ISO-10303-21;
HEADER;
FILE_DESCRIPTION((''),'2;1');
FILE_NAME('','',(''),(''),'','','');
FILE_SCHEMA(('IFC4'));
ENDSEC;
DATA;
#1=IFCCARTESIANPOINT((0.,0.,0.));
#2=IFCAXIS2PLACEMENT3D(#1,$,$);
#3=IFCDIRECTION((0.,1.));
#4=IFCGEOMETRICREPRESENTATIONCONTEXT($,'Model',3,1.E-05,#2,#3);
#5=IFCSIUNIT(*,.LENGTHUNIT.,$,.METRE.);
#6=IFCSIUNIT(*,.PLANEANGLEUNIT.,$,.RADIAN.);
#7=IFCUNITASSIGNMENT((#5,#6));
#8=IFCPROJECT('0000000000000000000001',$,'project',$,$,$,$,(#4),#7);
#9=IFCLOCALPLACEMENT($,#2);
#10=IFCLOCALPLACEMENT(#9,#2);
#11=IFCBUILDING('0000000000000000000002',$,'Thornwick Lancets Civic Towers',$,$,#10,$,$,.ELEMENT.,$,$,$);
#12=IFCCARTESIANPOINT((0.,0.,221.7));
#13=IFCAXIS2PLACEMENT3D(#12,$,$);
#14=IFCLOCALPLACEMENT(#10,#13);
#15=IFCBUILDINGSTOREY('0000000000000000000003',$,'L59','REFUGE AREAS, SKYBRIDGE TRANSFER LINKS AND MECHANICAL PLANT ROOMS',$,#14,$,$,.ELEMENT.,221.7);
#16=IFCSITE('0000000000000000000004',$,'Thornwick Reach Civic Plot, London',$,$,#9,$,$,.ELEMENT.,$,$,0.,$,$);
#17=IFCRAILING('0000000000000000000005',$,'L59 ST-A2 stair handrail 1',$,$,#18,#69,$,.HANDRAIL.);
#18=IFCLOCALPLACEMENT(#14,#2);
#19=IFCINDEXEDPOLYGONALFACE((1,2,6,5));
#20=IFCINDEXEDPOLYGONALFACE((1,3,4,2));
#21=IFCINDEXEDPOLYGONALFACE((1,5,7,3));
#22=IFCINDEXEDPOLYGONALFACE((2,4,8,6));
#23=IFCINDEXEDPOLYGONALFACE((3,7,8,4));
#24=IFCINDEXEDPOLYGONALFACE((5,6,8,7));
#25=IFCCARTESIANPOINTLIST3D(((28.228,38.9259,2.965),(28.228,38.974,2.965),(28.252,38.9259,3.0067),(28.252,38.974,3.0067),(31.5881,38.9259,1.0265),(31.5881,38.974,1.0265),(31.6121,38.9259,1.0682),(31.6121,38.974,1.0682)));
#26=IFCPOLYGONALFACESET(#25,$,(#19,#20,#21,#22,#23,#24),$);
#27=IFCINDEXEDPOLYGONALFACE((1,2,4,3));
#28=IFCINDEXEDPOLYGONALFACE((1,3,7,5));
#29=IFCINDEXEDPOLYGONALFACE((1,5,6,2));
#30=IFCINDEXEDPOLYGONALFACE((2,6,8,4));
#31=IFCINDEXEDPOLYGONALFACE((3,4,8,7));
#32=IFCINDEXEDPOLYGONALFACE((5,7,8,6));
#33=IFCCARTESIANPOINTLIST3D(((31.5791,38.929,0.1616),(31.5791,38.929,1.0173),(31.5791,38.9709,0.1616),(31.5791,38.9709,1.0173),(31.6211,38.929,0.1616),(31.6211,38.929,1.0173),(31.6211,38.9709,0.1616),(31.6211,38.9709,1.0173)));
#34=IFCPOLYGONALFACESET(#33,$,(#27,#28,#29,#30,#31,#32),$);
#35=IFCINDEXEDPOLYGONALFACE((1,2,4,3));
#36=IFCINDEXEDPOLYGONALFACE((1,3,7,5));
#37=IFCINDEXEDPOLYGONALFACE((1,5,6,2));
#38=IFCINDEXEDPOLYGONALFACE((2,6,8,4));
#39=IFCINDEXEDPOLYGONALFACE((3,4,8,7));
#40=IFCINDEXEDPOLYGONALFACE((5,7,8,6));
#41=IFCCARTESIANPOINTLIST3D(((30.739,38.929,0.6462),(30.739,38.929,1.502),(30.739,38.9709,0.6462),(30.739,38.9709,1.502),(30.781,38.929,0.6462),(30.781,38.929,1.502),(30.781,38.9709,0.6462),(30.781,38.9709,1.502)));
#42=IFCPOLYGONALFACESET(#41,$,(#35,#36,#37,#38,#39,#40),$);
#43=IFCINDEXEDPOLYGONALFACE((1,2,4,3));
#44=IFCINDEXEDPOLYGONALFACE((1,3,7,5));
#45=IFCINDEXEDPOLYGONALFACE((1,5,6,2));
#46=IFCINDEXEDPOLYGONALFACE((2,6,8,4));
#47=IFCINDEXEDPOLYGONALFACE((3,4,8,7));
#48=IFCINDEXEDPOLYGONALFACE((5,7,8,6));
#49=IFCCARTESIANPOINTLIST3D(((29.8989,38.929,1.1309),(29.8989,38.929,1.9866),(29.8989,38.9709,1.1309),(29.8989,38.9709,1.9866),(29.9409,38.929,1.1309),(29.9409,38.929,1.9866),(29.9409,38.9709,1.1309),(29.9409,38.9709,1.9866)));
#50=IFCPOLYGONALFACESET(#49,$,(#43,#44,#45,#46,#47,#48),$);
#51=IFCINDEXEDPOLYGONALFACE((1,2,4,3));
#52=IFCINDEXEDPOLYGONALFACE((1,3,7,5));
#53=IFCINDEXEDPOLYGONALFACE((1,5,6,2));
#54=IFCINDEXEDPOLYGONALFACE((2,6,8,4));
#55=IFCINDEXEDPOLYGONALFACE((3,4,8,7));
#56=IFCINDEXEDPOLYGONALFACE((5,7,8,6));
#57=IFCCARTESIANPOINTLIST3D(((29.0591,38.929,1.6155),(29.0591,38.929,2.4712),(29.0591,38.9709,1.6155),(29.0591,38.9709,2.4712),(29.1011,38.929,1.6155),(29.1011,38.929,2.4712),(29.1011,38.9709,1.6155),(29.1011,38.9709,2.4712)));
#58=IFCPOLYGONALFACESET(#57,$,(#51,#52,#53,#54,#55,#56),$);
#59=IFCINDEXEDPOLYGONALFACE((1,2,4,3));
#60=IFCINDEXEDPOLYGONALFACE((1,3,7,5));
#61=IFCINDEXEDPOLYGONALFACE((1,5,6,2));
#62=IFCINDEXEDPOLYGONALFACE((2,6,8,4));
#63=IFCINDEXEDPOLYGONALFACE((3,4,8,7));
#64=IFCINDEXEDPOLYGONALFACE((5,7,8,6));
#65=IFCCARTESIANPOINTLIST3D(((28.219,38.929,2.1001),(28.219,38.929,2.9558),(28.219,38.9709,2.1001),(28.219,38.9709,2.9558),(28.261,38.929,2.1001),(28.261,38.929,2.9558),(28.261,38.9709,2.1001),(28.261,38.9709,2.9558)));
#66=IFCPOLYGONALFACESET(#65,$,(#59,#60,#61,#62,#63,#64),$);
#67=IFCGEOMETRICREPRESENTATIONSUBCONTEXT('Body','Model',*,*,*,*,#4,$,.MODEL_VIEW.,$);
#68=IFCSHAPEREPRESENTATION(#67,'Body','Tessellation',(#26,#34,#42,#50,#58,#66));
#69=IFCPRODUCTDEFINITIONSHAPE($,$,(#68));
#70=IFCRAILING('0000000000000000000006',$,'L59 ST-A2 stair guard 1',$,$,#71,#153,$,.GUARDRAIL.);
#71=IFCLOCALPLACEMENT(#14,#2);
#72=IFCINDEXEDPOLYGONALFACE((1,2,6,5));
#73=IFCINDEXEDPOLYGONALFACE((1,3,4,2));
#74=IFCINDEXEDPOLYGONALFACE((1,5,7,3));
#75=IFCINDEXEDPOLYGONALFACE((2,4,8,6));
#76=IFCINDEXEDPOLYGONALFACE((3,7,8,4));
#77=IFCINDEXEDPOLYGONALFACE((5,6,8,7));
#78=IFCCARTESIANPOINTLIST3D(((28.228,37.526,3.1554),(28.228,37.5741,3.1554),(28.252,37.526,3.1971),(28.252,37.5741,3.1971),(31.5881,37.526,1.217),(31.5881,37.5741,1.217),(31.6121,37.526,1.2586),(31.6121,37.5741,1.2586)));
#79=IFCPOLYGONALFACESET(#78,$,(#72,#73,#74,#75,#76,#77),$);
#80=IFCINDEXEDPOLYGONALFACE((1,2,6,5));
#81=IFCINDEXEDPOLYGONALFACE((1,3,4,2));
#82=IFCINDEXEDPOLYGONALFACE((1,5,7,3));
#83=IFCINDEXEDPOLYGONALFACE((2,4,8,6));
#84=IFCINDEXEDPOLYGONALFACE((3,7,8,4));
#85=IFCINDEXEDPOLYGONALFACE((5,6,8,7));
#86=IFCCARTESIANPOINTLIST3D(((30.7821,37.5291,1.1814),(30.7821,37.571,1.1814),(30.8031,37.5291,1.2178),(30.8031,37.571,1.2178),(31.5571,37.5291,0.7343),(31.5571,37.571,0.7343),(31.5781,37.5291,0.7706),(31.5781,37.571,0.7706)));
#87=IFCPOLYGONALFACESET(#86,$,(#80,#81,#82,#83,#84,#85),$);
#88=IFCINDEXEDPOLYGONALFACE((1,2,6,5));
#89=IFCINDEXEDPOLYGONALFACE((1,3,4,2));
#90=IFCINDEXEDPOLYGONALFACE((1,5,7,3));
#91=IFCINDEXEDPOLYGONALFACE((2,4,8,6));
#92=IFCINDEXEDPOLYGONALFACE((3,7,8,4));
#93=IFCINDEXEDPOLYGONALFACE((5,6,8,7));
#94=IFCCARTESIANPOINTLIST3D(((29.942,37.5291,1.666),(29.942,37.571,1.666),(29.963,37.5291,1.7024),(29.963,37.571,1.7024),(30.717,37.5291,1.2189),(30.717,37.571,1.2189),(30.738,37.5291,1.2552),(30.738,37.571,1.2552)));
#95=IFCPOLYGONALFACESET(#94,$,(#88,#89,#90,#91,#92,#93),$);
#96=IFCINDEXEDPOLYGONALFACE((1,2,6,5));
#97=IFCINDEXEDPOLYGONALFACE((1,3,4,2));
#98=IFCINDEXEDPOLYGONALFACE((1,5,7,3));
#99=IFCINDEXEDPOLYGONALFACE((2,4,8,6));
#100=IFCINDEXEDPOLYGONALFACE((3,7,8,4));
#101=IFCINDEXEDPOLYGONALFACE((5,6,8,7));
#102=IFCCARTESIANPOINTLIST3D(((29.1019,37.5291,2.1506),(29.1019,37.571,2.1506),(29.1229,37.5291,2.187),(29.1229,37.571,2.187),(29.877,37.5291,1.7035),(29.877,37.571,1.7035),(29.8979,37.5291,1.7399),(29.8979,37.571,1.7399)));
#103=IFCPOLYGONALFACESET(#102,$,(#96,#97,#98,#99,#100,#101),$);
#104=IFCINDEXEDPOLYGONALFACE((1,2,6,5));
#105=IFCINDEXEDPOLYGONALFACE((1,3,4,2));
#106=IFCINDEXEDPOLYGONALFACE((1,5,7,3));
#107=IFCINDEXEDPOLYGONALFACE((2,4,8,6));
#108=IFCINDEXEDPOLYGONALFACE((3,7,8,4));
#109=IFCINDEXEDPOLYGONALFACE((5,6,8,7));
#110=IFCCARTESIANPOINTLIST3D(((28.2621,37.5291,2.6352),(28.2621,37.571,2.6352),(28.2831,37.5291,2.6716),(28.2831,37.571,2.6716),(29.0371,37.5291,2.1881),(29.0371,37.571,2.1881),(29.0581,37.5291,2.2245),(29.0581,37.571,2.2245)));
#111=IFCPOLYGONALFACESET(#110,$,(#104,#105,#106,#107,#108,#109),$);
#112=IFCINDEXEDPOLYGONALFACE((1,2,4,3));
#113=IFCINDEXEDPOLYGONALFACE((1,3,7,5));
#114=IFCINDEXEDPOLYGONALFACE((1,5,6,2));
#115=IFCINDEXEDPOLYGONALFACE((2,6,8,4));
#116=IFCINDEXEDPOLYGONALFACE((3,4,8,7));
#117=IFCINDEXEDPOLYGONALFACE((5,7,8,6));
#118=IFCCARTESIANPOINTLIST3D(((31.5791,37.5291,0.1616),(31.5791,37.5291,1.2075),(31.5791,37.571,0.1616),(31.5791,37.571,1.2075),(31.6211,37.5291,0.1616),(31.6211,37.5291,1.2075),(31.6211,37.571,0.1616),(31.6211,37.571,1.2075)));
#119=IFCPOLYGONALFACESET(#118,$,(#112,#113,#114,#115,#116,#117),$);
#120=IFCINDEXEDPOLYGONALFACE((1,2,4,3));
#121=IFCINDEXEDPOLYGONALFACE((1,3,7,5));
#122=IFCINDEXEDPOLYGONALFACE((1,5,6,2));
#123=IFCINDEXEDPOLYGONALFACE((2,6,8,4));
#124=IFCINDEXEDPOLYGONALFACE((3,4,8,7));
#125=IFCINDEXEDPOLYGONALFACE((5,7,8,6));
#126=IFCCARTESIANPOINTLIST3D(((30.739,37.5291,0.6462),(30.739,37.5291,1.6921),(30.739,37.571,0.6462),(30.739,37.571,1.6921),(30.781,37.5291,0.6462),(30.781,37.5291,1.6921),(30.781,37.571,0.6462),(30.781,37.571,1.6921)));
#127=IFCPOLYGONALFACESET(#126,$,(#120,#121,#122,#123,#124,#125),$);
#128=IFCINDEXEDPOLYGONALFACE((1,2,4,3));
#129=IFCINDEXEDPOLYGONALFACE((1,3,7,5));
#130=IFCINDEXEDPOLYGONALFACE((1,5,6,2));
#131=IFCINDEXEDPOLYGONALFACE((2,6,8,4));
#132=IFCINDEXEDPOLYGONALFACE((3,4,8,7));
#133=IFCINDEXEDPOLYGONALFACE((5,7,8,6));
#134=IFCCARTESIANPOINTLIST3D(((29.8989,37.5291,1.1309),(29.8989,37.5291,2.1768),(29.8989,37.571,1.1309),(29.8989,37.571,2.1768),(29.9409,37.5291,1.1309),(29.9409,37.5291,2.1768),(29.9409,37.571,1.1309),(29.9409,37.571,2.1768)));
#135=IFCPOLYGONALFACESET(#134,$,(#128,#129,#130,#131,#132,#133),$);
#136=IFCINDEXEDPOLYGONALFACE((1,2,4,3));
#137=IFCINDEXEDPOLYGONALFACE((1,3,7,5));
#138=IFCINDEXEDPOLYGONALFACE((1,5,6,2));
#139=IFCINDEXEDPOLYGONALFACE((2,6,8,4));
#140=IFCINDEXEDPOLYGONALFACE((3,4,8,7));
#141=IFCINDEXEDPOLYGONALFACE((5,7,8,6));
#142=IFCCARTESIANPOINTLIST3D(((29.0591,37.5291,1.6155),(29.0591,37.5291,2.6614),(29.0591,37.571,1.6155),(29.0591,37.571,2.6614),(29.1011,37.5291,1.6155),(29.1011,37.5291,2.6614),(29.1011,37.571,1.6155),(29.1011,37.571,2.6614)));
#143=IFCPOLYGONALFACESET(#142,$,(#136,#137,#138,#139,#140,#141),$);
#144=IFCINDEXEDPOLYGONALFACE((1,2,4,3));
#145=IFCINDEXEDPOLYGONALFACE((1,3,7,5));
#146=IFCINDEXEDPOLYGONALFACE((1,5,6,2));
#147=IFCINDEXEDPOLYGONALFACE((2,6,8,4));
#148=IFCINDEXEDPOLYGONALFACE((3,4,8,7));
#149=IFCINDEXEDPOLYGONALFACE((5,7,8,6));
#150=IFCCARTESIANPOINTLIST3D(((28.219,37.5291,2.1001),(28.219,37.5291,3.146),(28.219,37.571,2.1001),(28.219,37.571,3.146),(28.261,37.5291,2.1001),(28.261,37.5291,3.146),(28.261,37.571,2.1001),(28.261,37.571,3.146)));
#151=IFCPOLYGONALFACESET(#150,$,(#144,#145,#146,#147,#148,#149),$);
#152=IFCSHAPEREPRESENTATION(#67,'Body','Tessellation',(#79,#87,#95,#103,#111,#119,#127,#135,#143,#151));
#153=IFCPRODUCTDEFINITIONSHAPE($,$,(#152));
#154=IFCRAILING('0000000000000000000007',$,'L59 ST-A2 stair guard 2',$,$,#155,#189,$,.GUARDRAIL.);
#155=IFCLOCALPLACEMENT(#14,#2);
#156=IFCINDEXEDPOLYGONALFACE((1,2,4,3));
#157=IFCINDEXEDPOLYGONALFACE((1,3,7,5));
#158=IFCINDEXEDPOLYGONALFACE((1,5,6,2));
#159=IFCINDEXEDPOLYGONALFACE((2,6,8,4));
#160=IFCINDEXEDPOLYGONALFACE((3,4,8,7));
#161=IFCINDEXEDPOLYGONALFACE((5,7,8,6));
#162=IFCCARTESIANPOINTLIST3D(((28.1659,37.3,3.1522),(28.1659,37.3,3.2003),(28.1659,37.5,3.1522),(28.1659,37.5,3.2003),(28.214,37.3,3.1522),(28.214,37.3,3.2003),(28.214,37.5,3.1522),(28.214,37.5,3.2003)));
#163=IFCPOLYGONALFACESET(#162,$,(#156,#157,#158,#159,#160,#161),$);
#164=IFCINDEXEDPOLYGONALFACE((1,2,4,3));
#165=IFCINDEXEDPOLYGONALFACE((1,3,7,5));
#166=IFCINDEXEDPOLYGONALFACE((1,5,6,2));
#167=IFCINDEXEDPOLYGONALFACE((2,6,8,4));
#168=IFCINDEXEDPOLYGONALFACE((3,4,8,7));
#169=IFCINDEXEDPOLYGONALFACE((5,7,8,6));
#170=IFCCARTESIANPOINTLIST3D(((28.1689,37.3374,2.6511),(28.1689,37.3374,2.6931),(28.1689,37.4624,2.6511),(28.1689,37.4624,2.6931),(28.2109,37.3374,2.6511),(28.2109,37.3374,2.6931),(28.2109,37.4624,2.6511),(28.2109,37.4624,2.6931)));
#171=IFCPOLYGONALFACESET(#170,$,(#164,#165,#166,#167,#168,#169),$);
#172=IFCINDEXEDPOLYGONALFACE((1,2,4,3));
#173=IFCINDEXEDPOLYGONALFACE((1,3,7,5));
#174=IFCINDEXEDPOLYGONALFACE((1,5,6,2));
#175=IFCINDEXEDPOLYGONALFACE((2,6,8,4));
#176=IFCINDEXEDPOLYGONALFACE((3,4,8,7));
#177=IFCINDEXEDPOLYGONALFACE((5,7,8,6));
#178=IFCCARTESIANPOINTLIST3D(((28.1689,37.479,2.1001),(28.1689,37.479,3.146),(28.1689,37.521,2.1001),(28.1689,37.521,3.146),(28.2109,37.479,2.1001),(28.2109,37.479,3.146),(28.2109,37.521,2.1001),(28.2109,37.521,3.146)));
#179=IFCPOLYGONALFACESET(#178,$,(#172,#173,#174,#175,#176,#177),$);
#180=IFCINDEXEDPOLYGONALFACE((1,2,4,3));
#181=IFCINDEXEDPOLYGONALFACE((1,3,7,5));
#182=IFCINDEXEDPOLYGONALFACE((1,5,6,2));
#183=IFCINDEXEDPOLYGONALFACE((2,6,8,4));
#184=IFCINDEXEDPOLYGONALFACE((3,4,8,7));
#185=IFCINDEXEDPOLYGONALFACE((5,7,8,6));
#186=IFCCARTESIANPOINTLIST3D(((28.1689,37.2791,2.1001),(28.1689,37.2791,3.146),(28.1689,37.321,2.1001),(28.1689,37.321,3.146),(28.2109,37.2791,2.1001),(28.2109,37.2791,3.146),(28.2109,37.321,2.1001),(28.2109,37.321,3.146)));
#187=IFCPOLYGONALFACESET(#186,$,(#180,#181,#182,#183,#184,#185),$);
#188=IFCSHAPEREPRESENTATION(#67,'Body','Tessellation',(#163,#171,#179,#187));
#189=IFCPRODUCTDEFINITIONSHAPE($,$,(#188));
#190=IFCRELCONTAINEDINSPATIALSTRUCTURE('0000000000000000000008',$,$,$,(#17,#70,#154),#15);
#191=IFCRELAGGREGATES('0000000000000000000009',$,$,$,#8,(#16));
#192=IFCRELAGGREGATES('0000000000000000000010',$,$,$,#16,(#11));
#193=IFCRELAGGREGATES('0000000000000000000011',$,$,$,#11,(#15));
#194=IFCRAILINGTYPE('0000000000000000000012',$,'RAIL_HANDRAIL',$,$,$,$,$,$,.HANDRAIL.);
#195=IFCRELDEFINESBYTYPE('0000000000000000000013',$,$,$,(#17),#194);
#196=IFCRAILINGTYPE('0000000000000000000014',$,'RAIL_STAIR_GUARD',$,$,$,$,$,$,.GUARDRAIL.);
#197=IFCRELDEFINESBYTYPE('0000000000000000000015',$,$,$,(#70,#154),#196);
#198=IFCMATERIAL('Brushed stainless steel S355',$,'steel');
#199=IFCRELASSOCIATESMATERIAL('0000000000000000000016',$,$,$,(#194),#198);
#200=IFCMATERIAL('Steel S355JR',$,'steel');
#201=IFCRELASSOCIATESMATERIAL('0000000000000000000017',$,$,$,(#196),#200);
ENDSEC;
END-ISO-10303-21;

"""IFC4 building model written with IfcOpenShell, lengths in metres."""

from ifc_helpers import new_model, si_unit, direction, frame, origin, origin_2d, place, context, subcontext, project, spatial, rectangle, extrude, material, type_object, element, save


model = new_model("IFC4")

# Units and contexts
model_context = context("Model", 3, precision=1e-05, world=origin(), true_north=direction((0.0, 1.0)))
body_context = subcontext(model_context, "Body", "Model", "MODEL_VIEW")
ifc_project = project(units=[si_unit("LENGTHUNIT", "METRE"), si_unit("PLANEANGLEUNIT", "RADIAN")], contexts=[model_context])

# Site, building, storey
site_placement = place(None, origin())
site = spatial("IfcSite", under=ifc_project, at=site_placement, Name="Thornwick Reach Civic Plot, London", CompositionType="ELEMENT", RefElevation=0.0)
building_placement = place(site_placement, origin())
building = spatial("IfcBuilding", under=site, at=building_placement, Name="Thornwick Lancets Civic Towers", CompositionType="ELEMENT")
storey_placement = place(building_placement, frame((0.0, 0.0, 221.7)))
storey = spatial("IfcBuildingStorey", under=building, at=storey_placement, Name="L59", Description="REFUGE AREAS, SKYBRIDGE TRANSFER LINKS AND MECHANICAL PLANT ROOMS", CompositionType="ELEMENT", Elevation=221.7)

# Shared definitions
ifc_material_1 = material(Name="Steel S355JR", Category="steel")

# Railings
ifc_material_2 = material(Name="Brushed stainless steel S355", Category="steel")
railing_type_1 = type_object("IfcRailingType", Name="RAIL_HANDRAIL", PredefinedType="HANDRAIL", material=ifc_material_2)
railing_1_placement = place(storey_placement, frame((31.6001, 38.95, 0.1616)))
element("IfcRailing", 1, at=railing_1_placement, inside=storey, type_object=railing_type_1, Name="L59 ST-A2 stair handrail 1", PredefinedType="HANDRAIL", context=body_context, shape_type="SweptSolid", body=[
    extrude(rectangle(XDim=0.0481, YDim=0.0481, at=origin_2d()), frame((0.0, 0.0, 0.8857), z_axis=(-0.866191, 0.0, 0.499713), x_axis=(0.0, -1.0, 0.0)), (0.0, 0.0, 1.0), 3.8792),
    extrude(rectangle(XDim=0.042, YDim=0.042, at=origin_2d()), origin(), (0.0, 0.0, 1.0), 0.8557),
    extrude(rectangle(XDim=0.042, YDim=0.042, at=origin_2d()), frame((-0.8401, 0.0, 0.4846)), (0.0, 0.0, 1.0), 0.8557),
    extrude(rectangle(XDim=0.042, YDim=0.042, at=origin_2d()), frame((-1.6802, 0.0, 0.9692)), (0.0, 0.0, 1.0), 0.8557),
    extrude(rectangle(XDim=0.042, YDim=0.042, at=origin_2d()), frame((-2.52, 0.0, 1.4539)), (0.0, 0.0, 1.0), 0.8557),
    extrude(rectangle(XDim=0.042, YDim=0.042, at=origin_2d()), frame((-3.3601, 0.0, 1.9385)), (0.0, 0.0, 1.0), 0.8557),
])
railing_type_2 = type_object("IfcRailingType", Name="RAIL_STAIR_GUARD", PredefinedType="GUARDRAIL", material=ifc_material_1)
railing_2_placement = place(storey_placement, frame((31.6001, 37.55, 0.1616)))
element("IfcRailing", 2, at=railing_2_placement, inside=storey, type_object=railing_type_2, Name="L59 ST-A2 stair guard 1", PredefinedType="GUARDRAIL", context=body_context, shape_type="SweptSolid", body=[
    extrude(rectangle(XDim=0.0481, YDim=0.0481, at=origin_2d()), frame((0.0, 0.0, 1.0762), z_axis=(-0.866191, 0.0, 0.499713), x_axis=(0.0, -1.0, 0.0)), (0.0, 0.0, 1.0), 3.8792),
    extrude(rectangle(XDim=0.042, YDim=0.042, at=origin_2d()), frame((-0.0325, 0.0, 0.5908), z_axis=(-0.866191, 0.0, 0.499713), x_axis=(0.0, -1.0, 0.0)), (0.0, 0.0, 1.0), 0.8948),
    extrude(rectangle(XDim=0.042, YDim=0.042, at=origin_2d()), frame((-0.8726, 0.0, 1.0754), z_axis=(-0.866191, 0.0, 0.499713), x_axis=(0.0, -1.0, 0.0)), (0.0, 0.0, 1.0), 0.8948),
    extrude(rectangle(XDim=0.042, YDim=0.042, at=origin_2d()), frame((-1.7126, 0.0, 1.5601), z_axis=(-0.866191, 0.0, 0.499713), x_axis=(0.0, -1.0, 0.0)), (0.0, 0.0, 1.0), 0.8948),
    extrude(rectangle(XDim=0.042, YDim=0.042, at=origin_2d()), frame((-2.5525, 0.0, 2.0447), z_axis=(-0.866191, 0.0, 0.499713), x_axis=(0.0, -1.0, 0.0)), (0.0, 0.0, 1.0), 0.8948),
    extrude(rectangle(XDim=0.042, YDim=0.042, at=origin_2d()), origin(), (0.0, 0.0, 1.0), 1.0459),
    extrude(rectangle(XDim=0.042, YDim=0.042, at=origin_2d()), frame((-0.8401, 0.0, 0.4846)), (0.0, 0.0, 1.0), 1.0459),
    extrude(rectangle(XDim=0.042, YDim=0.042, at=origin_2d()), frame((-1.6802, 0.0, 0.9692)), (0.0, 0.0, 1.0), 1.0459),
    extrude(rectangle(XDim=0.042, YDim=0.042, at=origin_2d()), frame((-2.52, 0.0, 1.4539)), (0.0, 0.0, 1.0), 1.0459),
    extrude(rectangle(XDim=0.042, YDim=0.042, at=origin_2d()), frame((-3.3601, 0.0, 1.9385)), (0.0, 0.0, 1.0), 1.0459),
])
railing_3_placement = place(storey_placement, frame((28.1899, 37.5, 2.1001)))
element("IfcRailing", 3, at=railing_3_placement, inside=storey, type_object=railing_type_2, Name="L59 ST-A2 stair guard 2", PredefinedType="GUARDRAIL", context=body_context, shape_type="SweptSolid", body=[
    extrude(rectangle(XDim=0.0481, YDim=0.0481, at=origin_2d()), frame((0.0, 0.0, 1.0762), z_axis=(0.0, -1.0, 0.0), x_axis=(1.0, 0.0, 0.0)), (0.0, 0.0, 1.0), 0.2),
    extrude(rectangle(XDim=0.042, YDim=0.042, at=origin_2d()), frame((0.0, -0.0376, 0.572), z_axis=(0.0, -1.0, 0.0), x_axis=(1.0, 0.0, 0.0)), (0.0, 0.0, 1.0), 0.125),
    extrude(rectangle(XDim=0.042, YDim=0.042, at=origin_2d()), origin(), (0.0, 0.0, 1.0), 1.0459),
    extrude(rectangle(XDim=0.042, YDim=0.042, at=origin_2d()), frame((0.0, -0.2, 0.0)), (0.0, 0.0, 1.0), 1.0459),
])

save(model, "model.ifc")
